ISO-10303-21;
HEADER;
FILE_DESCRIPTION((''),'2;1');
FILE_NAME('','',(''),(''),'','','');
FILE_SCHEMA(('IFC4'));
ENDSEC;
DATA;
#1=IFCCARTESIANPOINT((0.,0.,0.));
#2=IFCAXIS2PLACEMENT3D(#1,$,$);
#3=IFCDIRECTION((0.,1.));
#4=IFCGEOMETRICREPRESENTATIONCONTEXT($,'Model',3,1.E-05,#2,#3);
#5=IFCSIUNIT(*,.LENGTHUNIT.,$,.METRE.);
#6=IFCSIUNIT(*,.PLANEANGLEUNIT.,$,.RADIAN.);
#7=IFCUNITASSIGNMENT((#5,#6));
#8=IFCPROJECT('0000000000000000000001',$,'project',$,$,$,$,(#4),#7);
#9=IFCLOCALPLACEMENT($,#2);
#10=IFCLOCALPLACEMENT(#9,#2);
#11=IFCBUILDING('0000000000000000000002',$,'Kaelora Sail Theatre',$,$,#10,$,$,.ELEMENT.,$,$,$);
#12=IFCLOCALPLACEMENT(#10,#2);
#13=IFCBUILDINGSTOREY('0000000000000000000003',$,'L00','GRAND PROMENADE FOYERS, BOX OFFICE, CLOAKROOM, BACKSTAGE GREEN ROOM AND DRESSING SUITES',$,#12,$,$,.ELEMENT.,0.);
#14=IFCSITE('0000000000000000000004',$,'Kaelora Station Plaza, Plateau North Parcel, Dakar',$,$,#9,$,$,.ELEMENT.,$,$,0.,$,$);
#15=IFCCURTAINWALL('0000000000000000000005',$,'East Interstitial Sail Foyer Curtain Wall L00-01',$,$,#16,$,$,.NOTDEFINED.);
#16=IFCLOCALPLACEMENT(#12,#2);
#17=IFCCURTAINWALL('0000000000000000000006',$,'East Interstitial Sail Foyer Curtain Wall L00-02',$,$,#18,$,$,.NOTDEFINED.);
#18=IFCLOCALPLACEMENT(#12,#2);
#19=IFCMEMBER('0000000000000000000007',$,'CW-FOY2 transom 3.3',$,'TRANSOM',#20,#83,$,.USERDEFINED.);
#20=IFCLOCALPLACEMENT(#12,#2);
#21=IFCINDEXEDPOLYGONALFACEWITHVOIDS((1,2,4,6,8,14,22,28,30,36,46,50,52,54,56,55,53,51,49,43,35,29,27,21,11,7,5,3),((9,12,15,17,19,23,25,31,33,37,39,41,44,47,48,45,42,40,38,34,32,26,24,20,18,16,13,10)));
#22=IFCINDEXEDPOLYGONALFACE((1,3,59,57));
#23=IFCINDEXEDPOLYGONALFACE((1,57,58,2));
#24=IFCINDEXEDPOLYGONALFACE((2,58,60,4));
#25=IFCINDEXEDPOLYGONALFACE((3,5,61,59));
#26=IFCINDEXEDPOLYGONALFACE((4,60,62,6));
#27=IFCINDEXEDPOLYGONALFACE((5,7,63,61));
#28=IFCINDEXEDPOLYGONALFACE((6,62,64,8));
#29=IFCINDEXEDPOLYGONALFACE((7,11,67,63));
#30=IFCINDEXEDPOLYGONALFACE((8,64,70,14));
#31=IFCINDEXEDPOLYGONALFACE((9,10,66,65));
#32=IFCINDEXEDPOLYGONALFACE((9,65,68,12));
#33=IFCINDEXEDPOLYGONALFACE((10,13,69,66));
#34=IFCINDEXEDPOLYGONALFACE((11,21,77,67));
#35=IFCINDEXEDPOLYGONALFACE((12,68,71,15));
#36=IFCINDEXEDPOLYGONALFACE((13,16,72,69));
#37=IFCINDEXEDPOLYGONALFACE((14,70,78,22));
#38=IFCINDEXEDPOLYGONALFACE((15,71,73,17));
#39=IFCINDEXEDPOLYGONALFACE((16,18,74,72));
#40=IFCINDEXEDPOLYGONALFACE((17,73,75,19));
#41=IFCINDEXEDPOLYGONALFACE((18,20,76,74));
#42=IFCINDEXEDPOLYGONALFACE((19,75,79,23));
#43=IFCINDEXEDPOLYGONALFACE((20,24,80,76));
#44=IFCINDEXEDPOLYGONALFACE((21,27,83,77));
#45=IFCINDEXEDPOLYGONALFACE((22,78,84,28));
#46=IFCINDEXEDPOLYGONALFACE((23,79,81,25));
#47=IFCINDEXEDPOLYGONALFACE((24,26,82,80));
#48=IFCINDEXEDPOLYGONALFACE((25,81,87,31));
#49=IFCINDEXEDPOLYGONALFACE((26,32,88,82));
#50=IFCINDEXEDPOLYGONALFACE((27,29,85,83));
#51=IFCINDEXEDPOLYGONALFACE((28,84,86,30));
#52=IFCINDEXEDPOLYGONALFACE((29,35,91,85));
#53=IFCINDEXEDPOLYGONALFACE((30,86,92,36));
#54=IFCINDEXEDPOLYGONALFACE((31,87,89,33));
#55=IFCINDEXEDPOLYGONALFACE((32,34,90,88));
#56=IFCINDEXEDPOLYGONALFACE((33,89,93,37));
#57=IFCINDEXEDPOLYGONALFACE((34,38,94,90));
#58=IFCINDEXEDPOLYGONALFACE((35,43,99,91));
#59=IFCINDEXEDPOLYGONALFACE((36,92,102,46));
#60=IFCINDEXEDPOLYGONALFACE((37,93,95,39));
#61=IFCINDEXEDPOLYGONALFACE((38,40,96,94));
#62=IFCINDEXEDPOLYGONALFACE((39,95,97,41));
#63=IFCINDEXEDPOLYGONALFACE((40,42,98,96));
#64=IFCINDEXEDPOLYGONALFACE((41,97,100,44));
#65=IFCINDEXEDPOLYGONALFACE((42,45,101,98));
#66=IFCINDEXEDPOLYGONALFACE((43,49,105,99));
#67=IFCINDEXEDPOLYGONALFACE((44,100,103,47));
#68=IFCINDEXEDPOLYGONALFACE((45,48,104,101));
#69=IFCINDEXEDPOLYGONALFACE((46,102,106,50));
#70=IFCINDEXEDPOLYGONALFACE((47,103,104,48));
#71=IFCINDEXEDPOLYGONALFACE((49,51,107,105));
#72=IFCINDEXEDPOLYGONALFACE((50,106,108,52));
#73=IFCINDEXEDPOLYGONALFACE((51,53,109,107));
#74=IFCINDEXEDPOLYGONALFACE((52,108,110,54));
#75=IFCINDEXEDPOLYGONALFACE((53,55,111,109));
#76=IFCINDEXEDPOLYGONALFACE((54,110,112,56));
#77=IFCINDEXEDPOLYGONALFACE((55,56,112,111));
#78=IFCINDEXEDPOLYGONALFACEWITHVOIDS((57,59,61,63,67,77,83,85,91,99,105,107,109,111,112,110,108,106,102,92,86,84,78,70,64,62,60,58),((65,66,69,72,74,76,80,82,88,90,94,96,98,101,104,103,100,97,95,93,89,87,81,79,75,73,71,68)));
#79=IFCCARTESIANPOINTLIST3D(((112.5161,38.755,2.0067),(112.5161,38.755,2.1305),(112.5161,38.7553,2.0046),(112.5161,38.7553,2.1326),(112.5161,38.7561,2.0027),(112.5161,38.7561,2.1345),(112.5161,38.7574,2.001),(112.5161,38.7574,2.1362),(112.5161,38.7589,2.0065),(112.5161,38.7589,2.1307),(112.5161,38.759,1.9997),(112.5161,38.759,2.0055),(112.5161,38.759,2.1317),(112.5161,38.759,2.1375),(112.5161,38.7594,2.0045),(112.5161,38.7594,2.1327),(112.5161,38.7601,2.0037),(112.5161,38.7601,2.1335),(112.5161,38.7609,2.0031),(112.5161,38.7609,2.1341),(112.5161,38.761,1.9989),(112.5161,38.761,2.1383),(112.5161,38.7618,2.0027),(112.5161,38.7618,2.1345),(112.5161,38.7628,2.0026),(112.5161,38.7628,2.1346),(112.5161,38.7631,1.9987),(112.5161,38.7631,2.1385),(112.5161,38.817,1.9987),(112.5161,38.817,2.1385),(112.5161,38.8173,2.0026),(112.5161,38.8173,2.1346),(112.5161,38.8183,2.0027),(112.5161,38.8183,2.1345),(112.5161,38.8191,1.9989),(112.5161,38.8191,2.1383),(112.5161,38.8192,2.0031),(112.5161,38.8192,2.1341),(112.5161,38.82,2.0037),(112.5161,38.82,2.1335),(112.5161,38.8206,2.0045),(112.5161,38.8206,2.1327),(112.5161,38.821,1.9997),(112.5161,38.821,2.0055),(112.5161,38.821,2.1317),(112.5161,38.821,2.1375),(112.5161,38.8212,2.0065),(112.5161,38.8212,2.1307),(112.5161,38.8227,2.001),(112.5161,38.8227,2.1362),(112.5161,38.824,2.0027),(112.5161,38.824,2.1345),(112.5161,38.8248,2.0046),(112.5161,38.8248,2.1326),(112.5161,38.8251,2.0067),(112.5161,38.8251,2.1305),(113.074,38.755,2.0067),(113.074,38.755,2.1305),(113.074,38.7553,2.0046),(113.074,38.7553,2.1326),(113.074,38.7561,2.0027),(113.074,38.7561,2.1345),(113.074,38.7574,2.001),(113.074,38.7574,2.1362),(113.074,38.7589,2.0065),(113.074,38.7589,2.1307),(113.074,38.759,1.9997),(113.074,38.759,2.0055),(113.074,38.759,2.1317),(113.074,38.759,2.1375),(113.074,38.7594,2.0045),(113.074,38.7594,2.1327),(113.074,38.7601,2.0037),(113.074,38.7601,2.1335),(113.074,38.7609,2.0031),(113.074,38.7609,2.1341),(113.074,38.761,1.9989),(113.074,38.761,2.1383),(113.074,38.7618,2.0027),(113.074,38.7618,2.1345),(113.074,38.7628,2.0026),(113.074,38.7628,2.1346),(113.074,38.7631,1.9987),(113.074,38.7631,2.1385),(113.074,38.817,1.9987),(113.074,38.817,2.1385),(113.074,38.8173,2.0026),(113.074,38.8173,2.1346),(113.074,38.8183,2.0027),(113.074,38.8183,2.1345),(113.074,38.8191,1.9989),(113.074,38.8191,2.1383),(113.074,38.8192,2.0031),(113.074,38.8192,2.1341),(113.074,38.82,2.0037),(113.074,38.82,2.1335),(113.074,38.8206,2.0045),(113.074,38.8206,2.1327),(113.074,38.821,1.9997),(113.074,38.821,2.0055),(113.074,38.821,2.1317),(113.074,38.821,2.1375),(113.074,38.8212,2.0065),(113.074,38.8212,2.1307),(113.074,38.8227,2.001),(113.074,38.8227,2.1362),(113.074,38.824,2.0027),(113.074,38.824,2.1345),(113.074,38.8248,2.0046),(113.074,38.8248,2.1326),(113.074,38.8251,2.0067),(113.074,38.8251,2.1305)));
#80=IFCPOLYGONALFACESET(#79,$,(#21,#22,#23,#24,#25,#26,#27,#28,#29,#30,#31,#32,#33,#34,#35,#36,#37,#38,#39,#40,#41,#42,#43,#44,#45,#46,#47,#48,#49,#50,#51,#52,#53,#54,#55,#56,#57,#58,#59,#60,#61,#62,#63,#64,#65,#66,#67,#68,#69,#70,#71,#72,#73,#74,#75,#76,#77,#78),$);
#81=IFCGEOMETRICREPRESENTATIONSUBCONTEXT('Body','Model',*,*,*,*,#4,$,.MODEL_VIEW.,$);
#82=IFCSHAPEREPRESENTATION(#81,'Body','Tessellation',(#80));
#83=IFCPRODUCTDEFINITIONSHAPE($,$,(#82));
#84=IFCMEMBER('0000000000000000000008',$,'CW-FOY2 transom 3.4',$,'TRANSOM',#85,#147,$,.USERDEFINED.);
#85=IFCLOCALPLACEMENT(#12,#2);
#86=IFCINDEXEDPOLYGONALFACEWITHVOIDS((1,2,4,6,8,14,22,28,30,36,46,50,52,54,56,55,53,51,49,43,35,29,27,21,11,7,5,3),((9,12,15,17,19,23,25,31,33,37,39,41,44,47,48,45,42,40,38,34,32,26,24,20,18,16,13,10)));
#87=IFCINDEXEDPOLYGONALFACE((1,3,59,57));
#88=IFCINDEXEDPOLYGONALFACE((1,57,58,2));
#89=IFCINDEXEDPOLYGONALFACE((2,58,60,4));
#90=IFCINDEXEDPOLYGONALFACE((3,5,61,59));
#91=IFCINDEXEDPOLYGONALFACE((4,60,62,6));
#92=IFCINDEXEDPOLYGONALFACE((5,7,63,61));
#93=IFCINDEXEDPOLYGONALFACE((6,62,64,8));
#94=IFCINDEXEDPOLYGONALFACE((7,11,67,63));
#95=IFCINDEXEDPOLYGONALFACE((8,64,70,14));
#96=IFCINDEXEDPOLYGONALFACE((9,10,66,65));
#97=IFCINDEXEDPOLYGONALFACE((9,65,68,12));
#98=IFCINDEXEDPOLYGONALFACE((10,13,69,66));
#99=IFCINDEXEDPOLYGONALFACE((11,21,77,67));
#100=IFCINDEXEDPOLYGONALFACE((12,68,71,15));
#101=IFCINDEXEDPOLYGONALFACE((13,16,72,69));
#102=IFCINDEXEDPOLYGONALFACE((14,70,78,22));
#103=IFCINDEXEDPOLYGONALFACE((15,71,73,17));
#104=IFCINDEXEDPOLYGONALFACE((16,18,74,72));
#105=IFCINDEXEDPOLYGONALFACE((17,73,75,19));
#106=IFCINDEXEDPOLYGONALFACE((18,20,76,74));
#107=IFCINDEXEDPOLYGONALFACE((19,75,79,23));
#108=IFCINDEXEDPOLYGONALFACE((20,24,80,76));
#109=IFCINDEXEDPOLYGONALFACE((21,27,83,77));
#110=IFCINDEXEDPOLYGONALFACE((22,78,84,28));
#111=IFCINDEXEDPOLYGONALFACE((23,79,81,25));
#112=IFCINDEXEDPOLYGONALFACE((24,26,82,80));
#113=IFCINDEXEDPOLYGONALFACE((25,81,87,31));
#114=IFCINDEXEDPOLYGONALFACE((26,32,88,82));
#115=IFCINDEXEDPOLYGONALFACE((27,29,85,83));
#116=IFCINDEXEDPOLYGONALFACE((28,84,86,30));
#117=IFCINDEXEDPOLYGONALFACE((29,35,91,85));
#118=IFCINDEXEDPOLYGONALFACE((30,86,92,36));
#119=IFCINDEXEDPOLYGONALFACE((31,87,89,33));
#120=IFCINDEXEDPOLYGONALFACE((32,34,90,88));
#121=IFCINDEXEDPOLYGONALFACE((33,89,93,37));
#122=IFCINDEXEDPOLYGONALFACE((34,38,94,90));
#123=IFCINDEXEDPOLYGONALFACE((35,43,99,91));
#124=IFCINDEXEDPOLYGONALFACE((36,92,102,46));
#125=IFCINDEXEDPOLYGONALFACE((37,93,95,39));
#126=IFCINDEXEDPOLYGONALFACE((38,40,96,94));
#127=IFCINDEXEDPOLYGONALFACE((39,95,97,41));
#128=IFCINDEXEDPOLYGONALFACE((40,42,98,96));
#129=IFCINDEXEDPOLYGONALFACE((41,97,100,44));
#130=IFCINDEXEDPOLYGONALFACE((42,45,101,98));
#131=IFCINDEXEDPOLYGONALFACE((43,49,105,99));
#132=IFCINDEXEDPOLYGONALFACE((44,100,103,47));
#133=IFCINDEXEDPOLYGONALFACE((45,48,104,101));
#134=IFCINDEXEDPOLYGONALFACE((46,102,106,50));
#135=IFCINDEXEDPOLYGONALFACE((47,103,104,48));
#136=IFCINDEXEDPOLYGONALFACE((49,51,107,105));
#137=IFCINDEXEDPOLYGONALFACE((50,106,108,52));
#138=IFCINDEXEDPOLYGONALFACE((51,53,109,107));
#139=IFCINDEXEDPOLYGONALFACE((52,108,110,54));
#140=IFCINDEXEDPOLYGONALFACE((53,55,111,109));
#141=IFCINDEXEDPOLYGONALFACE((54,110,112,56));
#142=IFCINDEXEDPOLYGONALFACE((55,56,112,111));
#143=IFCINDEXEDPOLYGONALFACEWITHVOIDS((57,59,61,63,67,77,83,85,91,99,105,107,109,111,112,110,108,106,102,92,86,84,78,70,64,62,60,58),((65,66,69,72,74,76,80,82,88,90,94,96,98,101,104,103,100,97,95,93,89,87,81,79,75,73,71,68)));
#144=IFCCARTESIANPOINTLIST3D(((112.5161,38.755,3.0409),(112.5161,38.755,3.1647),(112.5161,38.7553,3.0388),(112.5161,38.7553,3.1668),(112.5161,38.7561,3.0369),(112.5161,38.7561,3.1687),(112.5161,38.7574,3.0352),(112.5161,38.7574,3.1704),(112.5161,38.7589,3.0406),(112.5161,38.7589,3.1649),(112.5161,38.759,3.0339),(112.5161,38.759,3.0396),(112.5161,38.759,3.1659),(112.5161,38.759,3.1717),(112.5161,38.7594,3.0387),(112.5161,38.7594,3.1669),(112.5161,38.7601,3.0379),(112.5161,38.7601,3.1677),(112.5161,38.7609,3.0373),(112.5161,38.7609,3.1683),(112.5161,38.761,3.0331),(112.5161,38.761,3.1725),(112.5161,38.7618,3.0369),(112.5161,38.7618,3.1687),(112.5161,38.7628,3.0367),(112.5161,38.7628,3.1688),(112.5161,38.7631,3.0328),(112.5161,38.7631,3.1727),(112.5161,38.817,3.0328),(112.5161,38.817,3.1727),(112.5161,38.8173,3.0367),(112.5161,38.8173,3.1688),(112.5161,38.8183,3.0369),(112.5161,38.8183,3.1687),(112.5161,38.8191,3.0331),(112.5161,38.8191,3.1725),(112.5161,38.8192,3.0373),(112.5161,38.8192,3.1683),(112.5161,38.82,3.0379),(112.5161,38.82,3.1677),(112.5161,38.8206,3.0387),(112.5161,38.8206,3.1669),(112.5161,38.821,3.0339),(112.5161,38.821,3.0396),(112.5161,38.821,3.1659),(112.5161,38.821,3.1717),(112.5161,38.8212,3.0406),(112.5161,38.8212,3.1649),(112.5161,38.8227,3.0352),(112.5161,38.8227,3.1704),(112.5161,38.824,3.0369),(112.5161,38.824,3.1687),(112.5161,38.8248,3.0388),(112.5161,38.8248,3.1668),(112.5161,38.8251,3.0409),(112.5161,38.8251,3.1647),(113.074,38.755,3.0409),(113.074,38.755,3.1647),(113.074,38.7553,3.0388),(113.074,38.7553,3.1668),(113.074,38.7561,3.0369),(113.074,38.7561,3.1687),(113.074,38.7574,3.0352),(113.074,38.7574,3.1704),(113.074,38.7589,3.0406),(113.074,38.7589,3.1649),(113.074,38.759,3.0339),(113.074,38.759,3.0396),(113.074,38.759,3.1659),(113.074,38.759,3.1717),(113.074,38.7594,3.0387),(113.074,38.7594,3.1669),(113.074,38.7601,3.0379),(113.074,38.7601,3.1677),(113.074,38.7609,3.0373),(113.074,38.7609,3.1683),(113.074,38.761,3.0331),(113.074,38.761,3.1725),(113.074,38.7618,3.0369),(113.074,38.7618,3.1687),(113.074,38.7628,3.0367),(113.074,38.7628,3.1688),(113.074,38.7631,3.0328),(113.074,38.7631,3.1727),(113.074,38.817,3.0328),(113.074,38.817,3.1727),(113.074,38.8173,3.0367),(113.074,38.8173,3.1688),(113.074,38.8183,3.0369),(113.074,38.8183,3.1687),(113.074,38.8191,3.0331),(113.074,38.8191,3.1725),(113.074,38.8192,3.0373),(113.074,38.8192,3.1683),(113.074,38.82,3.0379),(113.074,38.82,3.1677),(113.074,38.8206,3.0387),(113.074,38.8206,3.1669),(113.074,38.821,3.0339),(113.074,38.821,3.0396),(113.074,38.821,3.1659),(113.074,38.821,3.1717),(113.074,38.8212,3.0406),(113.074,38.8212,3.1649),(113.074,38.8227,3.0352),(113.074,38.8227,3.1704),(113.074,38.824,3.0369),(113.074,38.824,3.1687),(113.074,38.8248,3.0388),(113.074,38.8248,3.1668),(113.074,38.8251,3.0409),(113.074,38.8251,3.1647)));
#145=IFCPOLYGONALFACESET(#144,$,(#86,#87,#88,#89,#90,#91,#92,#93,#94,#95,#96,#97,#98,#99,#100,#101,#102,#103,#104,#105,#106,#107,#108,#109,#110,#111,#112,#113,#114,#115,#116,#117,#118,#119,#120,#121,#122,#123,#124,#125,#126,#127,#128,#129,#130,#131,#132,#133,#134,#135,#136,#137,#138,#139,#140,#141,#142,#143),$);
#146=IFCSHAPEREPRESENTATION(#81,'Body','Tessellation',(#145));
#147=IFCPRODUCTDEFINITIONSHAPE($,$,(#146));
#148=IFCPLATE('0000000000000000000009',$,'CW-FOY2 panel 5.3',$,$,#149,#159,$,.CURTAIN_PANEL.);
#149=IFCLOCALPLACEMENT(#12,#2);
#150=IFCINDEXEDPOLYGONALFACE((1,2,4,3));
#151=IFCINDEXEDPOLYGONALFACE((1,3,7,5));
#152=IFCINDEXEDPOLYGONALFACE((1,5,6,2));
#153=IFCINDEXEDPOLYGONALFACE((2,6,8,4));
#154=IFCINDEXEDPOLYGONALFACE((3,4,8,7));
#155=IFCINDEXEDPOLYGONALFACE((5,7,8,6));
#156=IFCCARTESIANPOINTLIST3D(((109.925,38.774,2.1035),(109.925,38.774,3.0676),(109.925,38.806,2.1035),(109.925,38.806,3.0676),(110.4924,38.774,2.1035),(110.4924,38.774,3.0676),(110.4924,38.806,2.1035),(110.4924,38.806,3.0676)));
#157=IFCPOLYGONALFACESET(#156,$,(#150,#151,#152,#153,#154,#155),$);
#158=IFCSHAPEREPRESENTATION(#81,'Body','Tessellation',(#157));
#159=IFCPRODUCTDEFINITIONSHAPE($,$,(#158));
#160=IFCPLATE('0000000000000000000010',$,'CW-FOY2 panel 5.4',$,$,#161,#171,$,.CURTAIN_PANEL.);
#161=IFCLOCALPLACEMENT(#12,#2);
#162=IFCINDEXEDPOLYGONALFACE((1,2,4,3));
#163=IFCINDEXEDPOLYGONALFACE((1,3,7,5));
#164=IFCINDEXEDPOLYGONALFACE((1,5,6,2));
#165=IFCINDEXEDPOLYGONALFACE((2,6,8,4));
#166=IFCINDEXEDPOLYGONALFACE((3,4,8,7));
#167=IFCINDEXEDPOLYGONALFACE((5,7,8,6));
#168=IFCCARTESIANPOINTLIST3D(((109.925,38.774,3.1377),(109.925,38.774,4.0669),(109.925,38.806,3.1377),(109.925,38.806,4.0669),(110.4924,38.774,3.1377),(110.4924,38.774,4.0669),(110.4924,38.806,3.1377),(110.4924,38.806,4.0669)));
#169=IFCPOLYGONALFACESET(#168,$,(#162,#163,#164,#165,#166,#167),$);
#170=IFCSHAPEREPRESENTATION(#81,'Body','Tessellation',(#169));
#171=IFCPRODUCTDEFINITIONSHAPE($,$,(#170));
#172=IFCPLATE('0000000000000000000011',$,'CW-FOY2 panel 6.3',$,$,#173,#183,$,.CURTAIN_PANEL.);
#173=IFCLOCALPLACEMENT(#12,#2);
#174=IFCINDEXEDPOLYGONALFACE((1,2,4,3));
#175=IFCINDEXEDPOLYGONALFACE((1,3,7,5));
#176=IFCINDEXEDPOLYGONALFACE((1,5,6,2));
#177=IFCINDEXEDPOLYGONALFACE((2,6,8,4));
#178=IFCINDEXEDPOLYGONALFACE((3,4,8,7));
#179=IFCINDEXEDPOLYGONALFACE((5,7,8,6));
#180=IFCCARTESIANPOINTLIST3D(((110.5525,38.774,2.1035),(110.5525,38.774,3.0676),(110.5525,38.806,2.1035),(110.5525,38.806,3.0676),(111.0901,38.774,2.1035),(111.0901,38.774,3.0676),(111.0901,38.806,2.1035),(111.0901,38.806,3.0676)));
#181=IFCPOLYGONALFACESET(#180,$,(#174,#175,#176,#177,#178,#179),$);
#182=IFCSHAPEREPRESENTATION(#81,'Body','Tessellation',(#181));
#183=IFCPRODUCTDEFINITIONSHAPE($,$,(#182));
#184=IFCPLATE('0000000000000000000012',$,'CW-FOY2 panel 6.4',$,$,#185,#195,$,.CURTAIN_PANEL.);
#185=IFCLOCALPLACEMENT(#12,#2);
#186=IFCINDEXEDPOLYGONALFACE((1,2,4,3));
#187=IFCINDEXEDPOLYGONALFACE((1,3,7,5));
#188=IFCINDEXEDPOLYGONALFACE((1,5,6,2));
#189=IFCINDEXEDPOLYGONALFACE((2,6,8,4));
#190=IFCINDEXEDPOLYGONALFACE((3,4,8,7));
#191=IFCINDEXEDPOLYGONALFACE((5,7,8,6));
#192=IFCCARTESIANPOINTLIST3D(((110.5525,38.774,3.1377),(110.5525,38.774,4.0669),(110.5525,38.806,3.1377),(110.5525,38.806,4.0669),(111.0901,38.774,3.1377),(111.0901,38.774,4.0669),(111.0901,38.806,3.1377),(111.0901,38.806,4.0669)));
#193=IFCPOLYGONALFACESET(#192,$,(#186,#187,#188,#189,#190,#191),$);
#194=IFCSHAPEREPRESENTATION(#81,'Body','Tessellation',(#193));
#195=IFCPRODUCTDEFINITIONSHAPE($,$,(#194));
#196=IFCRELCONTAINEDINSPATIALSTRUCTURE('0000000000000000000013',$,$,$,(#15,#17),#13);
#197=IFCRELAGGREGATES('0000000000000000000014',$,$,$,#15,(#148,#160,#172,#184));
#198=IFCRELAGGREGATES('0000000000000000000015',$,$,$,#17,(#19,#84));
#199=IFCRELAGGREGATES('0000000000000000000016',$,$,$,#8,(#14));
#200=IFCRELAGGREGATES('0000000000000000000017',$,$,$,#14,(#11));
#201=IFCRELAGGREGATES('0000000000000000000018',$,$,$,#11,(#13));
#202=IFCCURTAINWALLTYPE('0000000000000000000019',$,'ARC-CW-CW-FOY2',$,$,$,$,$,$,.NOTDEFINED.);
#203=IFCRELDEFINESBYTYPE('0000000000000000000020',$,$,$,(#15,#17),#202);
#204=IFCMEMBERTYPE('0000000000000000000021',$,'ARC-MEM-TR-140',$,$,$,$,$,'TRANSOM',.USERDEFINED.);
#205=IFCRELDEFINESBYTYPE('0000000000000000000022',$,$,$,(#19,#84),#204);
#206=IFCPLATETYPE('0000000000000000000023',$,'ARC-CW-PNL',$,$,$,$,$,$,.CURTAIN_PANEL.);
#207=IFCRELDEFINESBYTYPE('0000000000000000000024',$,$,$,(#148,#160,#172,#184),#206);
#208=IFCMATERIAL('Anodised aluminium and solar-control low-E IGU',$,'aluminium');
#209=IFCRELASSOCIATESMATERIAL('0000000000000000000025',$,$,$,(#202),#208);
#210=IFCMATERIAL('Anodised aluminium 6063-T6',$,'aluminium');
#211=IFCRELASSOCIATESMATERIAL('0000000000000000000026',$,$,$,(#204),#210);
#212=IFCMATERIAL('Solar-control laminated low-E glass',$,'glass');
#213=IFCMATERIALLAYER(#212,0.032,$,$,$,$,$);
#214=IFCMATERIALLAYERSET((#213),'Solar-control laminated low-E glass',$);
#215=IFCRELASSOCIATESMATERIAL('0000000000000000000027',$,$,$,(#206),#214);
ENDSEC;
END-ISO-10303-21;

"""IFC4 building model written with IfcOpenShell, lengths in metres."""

from ifc_helpers import new_model, si_unit, direction, frame, origin, origin_2d, place, context, subcontext, project, spatial, rectangle, hollow_rectangle, extrude, material, layer, layer_set, material_profile, profile_set, type_object, element, aggregate, save


model = new_model("IFC4")

# Units and contexts
model_context = context("Model", 3, precision=1e-05, world=origin(), true_north=direction((0.0, 1.0)))
body_context = subcontext(model_context, "Body", "Model", "MODEL_VIEW")
ifc_project = project(units=[si_unit("LENGTHUNIT", "METRE"), si_unit("PLANEANGLEUNIT", "RADIAN")], contexts=[model_context])

# Site, building, storey
site_placement = place(None, origin())
site = spatial("IfcSite", under=ifc_project, at=site_placement, Name="Kaelora Station Plaza, Plateau North Parcel, Dakar", CompositionType="ELEMENT", RefElevation=0.0)
building_placement = place(site_placement, origin())
building = spatial("IfcBuilding", under=site, at=building_placement, Name="Kaelora Sail Theatre", CompositionType="ELEMENT")
storey_placement = place(building_placement, origin())
storey = spatial("IfcBuildingStorey", under=building, at=storey_placement, Name="L00", Description="GRAND PROMENADE FOYERS, BOX OFFICE, CLOAKROOM, BACKSTAGE GREEN ROOM AND DRESSING SUITES", CompositionType="ELEMENT", Elevation=0.0)

# Curtain walls, members
ifc_material_1 = material(Name="Anodised aluminium and solar-control low-E IGU", Category="aluminium")
curtain_wall_type = type_object("IfcCurtainWallType", Name="ARC-CW-CW-FOY2", PredefinedType="NOTDEFINED", material=ifc_material_1)
curtain_wall_1_placement = place(storey_placement, origin())
curtain_wall_1 = element("IfcCurtainWall", 1, at=curtain_wall_1_placement, inside=storey, type_object=curtain_wall_type, Name="East Interstitial Sail Foyer Curtain Wall L00-01", PredefinedType="NOTDEFINED")
ifc_material_2 = material(Name="Anodised aluminium 6063-T6", Category="aluminium")
ifc_material_profile = material_profile(ifc_material_2, hollow_rectangle(XDim=0.0701, YDim=0.1399, WallThickness=0.0039, InnerFilletRadius=0.0039, OuterFilletRadius=0.0081, at=origin_2d()), Name="ALU-TRAN 70x140x4")
ifc_profile_set = profile_set([ifc_material_profile], Name="Anodised aluminium 6063-T6")
member_type = type_object("IfcMemberType", Name="ARC-MEM-TR-140", ElementType="TRANSOM", PredefinedType="USERDEFINED", material=ifc_profile_set)
curtain_wall_2_placement = place(storey_placement, origin())
curtain_wall_2 = element("IfcCurtainWall", 2, at=curtain_wall_2_placement, inside=storey, type_object=curtain_wall_type, Name="East Interstitial Sail Foyer Curtain Wall L00-02", PredefinedType="NOTDEFINED")
member_1_placement = place(storey_placement, frame((112.5161, 38.79, 2.0686), z_axis=(1.0, 0.0, 0.0), x_axis=(0.0, 1.0, 0.0)))
member_1 = element("IfcMember", 3, at=member_1_placement, type_object=member_type, Name="CW-FOY2 transom 3.3", ObjectType="TRANSOM", PredefinedType="USERDEFINED", context=body_context, shape_type="SweptSolid", body=[
    extrude(hollow_rectangle(XDim=0.0701, YDim=0.1399, WallThickness=0.0039, InnerFilletRadius=0.0039, OuterFilletRadius=0.0081, at=origin_2d()), origin(), (0.0, 0.0, 1.0), 0.5579),
])
member_2_placement = place(storey_placement, frame((112.5161, 38.79, 3.1028), z_axis=(1.0, 0.0, 0.0), x_axis=(0.0, 1.0, 0.0)))
member_2 = element("IfcMember", 4, at=member_2_placement, type_object=member_type, Name="CW-FOY2 transom 3.4", ObjectType="TRANSOM", PredefinedType="USERDEFINED", context=body_context, shape_type="SweptSolid", body=[
    extrude(hollow_rectangle(XDim=0.0701, YDim=0.1399, WallThickness=0.0039, InnerFilletRadius=0.0039, OuterFilletRadius=0.0081, at=origin_2d()), origin(), (0.0, 0.0, 1.0), 0.5579),
])

# Plates
ifc_material_3 = material(Name="Solar-control laminated low-E glass", Category="glass")
ifc_layer = layer(ifc_material_3, 0.032)
ifc_layer_set = layer_set([ifc_layer], Name="Solar-control laminated low-E glass")
plate_type = type_object("IfcPlateType", Name="ARC-CW-PNL", PredefinedType="CURTAIN_PANEL", material=ifc_layer_set)
plate_1_placement = place(storey_placement, frame((110.2087, 38.79, 2.1035), z_axis=(0.0, 0.0, 1.0), x_axis=(1.0, 0.0, 0.0)))
plate_1 = element("IfcPlate", 5, at=plate_1_placement, type_object=plate_type, Name="CW-FOY2 panel 5.3", PredefinedType="CURTAIN_PANEL", context=body_context, shape_type="SweptSolid", body=[
    extrude(rectangle(XDim=0.5674, YDim=0.032, at=origin_2d()), origin(), (0.0, 0.0, 1.0), 0.9641),
])
plate_2_placement = place(storey_placement, frame((110.2087, 38.79, 3.1377), z_axis=(0.0, 0.0, 1.0), x_axis=(1.0, 0.0, 0.0)))
plate_2 = element("IfcPlate", 6, at=plate_2_placement, type_object=plate_type, Name="CW-FOY2 panel 5.4", PredefinedType="CURTAIN_PANEL", context=body_context, shape_type="SweptSolid", body=[
    extrude(rectangle(XDim=0.5674, YDim=0.032, at=origin_2d()), origin(), (0.0, 0.0, 1.0), 0.9292),
])
plate_3_placement = place(storey_placement, frame((110.8213, 38.79, 2.1035), z_axis=(0.0, 0.0, 1.0), x_axis=(1.0, 0.0, 0.0)))
plate_3 = element("IfcPlate", 7, at=plate_3_placement, type_object=plate_type, Name="CW-FOY2 panel 6.3", PredefinedType="CURTAIN_PANEL", context=body_context, shape_type="SweptSolid", body=[
    extrude(rectangle(XDim=0.5376, YDim=0.032, at=origin_2d()), origin(), (0.0, 0.0, 1.0), 0.9641),
])
plate_4_placement = place(storey_placement, frame((110.8213, 38.79, 3.1377), z_axis=(0.0, 0.0, 1.0), x_axis=(1.0, 0.0, 0.0)))
plate_4 = element("IfcPlate", 8, at=plate_4_placement, type_object=plate_type, Name="CW-FOY2 panel 6.4", PredefinedType="CURTAIN_PANEL", context=body_context, shape_type="SweptSolid", body=[
    extrude(rectangle(XDim=0.5376, YDim=0.032, at=origin_2d()), origin(), (0.0, 0.0, 1.0), 0.9292),
])
aggregate(curtain_wall_1, [plate_1, plate_2, plate_3, plate_4])
aggregate(curtain_wall_2, [member_1, member_2])

save(model, "model.ifc")
